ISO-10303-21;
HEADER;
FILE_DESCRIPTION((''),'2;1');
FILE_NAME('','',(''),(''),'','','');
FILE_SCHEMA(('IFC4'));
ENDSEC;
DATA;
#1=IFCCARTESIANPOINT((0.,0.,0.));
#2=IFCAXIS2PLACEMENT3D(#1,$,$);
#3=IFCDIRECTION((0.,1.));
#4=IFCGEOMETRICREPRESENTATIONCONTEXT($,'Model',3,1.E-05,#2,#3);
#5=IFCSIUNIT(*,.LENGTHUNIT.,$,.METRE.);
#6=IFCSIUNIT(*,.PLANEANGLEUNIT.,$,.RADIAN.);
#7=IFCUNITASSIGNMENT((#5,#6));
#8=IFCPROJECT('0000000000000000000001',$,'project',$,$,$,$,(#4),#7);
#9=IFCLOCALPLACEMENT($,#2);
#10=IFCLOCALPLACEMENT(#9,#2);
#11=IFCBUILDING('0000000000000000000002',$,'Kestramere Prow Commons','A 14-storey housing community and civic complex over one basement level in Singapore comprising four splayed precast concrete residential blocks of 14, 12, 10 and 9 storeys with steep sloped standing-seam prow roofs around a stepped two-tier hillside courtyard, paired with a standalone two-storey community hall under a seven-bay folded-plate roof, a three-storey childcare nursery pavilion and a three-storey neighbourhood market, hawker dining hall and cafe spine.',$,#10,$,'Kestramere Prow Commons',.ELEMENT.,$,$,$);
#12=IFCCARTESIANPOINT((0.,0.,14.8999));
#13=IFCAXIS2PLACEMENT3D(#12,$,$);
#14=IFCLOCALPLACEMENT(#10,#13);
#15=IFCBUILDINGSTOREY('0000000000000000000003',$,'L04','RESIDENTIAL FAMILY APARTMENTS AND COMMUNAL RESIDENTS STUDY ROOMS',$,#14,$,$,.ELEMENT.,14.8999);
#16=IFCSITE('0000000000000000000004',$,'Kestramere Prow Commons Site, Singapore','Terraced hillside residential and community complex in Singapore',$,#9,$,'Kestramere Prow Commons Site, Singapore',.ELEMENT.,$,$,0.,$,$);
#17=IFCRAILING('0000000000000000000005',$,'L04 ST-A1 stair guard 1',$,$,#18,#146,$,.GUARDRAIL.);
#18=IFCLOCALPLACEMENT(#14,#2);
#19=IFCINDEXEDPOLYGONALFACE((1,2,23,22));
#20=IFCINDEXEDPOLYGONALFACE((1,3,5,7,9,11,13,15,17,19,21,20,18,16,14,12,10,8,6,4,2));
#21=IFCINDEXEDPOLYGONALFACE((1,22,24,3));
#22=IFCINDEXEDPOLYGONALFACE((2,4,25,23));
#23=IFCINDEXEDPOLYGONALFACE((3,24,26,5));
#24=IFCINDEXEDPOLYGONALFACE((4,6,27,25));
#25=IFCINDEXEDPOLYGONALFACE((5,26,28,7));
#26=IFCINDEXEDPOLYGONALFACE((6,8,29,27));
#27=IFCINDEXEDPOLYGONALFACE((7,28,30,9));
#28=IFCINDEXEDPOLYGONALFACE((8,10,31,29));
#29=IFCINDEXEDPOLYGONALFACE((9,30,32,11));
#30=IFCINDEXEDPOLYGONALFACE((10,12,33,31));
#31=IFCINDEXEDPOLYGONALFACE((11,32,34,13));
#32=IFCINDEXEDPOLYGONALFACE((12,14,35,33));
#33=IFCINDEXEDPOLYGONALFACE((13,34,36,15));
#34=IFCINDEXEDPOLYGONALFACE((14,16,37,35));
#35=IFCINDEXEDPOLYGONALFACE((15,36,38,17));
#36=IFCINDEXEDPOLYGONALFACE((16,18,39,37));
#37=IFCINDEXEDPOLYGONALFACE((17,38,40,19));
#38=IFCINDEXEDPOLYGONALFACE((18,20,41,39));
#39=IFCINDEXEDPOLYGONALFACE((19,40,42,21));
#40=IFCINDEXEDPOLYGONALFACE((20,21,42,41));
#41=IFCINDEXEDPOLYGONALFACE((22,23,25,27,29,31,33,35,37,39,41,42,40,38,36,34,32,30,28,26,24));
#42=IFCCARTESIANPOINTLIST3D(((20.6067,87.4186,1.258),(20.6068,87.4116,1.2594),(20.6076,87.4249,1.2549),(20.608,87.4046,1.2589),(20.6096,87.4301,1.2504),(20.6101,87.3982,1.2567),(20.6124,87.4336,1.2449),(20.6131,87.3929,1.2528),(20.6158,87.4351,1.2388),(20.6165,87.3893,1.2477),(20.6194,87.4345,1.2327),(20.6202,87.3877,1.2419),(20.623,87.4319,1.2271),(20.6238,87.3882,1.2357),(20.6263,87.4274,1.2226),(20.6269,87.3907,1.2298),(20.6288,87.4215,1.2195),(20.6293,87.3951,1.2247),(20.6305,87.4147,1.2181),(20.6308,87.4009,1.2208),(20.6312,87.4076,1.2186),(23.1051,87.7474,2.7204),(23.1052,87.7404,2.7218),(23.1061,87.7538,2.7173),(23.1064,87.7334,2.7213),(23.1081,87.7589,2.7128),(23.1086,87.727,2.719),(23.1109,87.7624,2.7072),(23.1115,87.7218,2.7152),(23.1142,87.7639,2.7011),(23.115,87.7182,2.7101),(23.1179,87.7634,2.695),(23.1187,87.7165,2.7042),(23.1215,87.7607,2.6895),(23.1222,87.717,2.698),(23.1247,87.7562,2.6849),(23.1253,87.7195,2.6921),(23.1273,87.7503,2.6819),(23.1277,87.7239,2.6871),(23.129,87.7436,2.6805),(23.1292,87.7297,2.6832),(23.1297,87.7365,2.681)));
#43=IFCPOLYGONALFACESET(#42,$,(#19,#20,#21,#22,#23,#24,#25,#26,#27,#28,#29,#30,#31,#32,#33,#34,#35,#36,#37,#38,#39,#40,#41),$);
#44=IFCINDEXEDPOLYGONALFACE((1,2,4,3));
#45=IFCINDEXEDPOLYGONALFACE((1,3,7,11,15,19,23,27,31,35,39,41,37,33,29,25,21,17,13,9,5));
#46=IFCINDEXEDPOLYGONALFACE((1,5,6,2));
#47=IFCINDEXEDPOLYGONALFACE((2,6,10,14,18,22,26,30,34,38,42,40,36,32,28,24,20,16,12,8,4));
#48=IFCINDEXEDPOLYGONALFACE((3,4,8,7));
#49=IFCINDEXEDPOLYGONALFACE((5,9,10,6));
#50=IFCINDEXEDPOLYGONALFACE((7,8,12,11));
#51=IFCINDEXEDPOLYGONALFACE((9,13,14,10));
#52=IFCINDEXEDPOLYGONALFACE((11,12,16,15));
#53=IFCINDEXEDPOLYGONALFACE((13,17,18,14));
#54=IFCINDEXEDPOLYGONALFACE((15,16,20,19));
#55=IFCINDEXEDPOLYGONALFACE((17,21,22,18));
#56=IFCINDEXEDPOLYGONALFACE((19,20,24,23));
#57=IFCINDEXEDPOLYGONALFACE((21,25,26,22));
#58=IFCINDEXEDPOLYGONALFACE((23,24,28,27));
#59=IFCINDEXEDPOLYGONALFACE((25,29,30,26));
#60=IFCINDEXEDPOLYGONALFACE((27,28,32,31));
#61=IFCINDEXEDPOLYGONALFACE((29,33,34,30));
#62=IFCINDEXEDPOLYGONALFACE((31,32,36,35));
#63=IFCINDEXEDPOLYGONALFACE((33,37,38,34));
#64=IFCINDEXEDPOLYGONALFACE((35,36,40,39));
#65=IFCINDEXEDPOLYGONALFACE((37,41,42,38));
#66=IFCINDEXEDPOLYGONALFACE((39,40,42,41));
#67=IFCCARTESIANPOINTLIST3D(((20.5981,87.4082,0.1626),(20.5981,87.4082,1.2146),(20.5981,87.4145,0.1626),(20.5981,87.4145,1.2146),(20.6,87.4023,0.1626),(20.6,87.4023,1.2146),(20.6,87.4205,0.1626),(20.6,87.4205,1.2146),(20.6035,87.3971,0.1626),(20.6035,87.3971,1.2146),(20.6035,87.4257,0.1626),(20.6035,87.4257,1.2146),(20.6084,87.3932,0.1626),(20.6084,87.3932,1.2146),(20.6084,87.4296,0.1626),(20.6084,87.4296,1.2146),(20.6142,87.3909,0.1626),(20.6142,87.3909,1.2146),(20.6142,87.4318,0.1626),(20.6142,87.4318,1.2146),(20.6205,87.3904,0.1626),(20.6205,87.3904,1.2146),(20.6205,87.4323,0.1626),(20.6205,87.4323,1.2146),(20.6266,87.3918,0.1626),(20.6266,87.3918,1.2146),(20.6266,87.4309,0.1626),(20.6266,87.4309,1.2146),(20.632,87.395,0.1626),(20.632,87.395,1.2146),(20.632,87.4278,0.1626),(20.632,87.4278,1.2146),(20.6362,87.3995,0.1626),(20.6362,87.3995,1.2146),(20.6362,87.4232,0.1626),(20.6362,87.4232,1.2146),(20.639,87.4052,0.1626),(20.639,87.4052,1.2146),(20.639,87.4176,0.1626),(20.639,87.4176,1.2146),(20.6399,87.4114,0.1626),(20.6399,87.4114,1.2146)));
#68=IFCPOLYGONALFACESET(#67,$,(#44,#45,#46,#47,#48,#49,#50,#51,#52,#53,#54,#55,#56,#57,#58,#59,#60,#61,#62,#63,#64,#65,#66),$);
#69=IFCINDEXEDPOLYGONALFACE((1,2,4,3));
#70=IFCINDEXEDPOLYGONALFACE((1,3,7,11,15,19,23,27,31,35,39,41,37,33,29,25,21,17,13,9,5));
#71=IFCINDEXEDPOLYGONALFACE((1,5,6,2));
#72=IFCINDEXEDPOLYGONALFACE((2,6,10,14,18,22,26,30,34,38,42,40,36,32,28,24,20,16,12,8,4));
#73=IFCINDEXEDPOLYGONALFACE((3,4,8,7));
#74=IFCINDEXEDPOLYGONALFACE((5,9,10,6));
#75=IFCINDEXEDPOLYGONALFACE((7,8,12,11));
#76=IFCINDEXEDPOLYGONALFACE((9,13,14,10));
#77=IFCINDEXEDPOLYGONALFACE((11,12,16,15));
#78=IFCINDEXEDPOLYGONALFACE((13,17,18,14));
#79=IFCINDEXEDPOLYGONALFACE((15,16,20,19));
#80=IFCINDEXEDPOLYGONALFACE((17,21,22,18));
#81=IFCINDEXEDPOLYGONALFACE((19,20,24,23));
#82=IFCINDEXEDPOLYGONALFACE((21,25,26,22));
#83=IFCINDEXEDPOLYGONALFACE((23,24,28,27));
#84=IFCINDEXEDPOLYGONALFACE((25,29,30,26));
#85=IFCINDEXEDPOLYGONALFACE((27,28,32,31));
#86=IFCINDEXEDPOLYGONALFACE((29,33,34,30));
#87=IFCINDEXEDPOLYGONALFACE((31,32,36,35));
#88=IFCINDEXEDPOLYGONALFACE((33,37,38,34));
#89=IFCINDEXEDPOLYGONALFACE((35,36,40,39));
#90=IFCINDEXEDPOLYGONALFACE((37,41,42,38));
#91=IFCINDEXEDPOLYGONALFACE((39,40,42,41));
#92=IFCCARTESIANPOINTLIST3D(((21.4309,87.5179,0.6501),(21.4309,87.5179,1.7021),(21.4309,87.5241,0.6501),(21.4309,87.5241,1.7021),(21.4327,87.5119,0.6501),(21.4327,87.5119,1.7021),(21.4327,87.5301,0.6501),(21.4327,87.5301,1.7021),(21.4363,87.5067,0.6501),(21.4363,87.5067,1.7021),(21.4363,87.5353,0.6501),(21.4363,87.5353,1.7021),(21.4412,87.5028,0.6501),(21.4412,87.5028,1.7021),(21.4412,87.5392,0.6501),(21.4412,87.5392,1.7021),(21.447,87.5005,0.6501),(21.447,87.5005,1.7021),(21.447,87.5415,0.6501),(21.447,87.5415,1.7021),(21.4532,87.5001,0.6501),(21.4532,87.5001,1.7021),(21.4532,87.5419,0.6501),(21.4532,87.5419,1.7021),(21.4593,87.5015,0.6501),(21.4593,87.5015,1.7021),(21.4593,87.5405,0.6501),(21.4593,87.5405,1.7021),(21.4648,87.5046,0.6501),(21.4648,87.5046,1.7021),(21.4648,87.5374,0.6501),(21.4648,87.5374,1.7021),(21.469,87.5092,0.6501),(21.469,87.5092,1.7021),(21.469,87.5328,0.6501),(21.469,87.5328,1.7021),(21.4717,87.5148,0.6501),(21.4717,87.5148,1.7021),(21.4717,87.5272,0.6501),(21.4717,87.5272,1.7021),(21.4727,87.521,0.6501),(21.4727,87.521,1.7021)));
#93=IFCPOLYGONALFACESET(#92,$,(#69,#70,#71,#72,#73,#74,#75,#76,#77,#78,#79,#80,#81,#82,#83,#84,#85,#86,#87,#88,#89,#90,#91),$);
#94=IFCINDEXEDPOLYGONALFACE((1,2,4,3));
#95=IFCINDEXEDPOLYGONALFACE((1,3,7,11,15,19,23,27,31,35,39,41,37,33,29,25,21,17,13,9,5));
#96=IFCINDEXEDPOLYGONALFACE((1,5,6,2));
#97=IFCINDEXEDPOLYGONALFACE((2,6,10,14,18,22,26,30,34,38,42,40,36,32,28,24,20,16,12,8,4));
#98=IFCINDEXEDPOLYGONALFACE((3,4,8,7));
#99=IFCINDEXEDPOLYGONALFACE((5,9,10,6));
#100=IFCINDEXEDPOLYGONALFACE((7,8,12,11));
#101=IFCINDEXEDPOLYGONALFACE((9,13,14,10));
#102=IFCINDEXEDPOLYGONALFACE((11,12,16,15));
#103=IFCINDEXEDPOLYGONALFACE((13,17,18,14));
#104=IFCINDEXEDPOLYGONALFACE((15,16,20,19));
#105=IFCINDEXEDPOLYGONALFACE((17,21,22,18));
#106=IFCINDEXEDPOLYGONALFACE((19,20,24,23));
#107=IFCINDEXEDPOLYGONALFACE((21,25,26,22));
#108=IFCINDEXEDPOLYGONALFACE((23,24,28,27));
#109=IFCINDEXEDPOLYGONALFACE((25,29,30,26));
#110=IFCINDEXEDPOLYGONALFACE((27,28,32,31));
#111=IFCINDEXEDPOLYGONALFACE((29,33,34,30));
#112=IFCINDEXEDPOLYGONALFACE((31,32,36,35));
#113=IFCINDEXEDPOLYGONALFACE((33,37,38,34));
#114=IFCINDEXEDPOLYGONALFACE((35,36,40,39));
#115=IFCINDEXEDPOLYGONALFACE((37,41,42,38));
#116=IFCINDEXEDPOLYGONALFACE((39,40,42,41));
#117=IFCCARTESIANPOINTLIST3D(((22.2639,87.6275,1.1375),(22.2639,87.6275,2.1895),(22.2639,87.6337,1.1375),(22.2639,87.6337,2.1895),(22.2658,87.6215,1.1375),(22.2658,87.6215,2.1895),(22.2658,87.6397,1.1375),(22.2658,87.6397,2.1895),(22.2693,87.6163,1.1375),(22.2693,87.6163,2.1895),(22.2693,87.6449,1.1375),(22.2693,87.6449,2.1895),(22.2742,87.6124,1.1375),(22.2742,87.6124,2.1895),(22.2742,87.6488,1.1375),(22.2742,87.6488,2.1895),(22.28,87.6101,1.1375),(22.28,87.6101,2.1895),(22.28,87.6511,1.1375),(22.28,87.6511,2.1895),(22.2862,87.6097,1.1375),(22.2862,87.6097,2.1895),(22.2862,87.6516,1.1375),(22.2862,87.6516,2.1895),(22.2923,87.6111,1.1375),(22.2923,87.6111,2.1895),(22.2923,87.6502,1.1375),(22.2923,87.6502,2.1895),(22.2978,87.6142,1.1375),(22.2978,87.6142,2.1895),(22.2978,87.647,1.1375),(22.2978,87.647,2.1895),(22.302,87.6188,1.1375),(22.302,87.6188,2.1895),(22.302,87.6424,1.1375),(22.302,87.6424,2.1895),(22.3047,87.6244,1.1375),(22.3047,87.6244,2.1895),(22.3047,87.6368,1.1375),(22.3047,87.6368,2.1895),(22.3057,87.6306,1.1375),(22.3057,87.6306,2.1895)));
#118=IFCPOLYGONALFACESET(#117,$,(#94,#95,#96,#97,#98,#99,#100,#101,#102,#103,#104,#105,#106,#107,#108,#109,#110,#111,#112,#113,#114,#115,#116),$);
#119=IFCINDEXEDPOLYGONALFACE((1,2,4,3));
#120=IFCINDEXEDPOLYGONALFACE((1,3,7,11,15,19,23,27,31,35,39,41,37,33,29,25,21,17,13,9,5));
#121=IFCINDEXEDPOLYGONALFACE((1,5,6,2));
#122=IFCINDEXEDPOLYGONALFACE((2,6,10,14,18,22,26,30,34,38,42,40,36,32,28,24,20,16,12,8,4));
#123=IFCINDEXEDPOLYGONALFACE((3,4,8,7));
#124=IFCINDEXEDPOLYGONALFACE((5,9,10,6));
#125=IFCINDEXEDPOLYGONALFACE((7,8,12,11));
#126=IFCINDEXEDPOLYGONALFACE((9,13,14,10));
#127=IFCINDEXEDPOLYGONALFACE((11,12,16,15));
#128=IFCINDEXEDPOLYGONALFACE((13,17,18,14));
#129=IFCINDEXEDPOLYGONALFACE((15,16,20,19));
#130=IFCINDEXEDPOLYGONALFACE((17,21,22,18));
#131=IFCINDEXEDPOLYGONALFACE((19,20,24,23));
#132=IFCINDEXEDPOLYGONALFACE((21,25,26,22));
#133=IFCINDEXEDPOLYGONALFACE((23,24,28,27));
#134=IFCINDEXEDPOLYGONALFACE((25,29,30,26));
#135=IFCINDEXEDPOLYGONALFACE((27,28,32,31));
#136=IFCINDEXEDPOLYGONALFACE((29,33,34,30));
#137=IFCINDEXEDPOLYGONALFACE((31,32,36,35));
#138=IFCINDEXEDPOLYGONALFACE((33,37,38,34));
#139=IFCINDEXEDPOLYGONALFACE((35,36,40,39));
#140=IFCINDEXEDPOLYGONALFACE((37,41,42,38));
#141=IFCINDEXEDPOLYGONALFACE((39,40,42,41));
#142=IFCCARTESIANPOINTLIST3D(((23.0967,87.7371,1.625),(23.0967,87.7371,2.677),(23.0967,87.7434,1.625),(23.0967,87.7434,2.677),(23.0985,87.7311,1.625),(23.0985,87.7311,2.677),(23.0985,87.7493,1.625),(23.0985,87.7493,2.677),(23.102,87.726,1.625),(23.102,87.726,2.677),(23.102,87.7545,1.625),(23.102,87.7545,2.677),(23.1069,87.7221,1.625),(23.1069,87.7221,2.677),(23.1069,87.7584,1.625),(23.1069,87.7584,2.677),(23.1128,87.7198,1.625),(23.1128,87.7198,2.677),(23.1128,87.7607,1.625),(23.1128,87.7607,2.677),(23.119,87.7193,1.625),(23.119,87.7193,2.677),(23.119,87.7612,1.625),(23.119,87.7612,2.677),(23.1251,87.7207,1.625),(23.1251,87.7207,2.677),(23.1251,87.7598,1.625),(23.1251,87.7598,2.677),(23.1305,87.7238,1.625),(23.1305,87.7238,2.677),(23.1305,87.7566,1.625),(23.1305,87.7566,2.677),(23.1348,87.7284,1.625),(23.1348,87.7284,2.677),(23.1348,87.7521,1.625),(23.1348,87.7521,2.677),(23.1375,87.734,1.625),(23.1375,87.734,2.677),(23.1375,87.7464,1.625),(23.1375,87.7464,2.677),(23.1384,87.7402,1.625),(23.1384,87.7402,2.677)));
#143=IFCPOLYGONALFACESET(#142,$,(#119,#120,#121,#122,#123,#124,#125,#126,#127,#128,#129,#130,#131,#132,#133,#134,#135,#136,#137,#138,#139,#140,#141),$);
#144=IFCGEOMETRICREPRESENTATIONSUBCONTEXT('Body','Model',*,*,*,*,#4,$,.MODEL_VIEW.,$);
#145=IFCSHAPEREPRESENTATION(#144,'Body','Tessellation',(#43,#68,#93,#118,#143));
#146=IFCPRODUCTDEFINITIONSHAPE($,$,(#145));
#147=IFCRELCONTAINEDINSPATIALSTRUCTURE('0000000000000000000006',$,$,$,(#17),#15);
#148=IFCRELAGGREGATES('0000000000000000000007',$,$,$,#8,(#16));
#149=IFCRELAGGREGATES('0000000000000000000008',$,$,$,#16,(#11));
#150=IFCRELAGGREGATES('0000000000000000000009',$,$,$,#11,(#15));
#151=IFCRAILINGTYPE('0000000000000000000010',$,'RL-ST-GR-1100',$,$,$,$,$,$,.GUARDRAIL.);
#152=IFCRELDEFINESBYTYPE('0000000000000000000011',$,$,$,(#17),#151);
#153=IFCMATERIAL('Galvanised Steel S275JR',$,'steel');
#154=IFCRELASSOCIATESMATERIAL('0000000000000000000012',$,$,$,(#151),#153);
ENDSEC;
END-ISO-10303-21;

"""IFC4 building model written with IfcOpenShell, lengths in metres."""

from ifc_helpers import new_model, si_unit, direction, frame, origin, origin_2d, place, context, subcontext, project, spatial, circle, extrude, material, type_object, element, save


model = new_model("IFC4")

# Units and contexts
model_context = context("Model", 3, precision=1e-05, world=origin(), true_north=direction((0.0, 1.0)))
body_context = subcontext(model_context, "Body", "Model", "MODEL_VIEW")
ifc_project = project(units=[si_unit("LENGTHUNIT", "METRE"), si_unit("PLANEANGLEUNIT", "RADIAN")], contexts=[model_context])

# Site, building, storey
site_placement = place(None, origin())
site = spatial("IfcSite", under=ifc_project, at=site_placement, Name="Kestramere Prow Commons Site, Singapore", Description="Terraced hillside residential and community complex in Singapore", LongName="Kestramere Prow Commons Site, Singapore", CompositionType="ELEMENT", RefElevation=0.0)
building_placement = place(site_placement, origin())
building = spatial("IfcBuilding", under=site, at=building_placement, Name="Kestramere Prow Commons", Description="A 14-storey housing community and civic complex over one basement level in Singapore comprising four splayed precast concrete residential blocks of 14, 12, 10 and 9 storeys with steep sloped standing-seam prow roofs around a stepped two-tier hillside courtyard, paired with a standalone two-storey community hall under a seven-bay folded-plate roof, a three-storey childcare nursery pavilion and a three-storey neighbourhood market, hawker dining hall and cafe spine.", LongName="Kestramere Prow Commons", CompositionType="ELEMENT")
storey_placement = place(building_placement, frame((0.0, 0.0, 14.8999)))
storey = spatial("IfcBuildingStorey", under=building, at=storey_placement, Name="L04", Description="RESIDENTIAL FAMILY APARTMENTS AND COMMUNAL RESIDENTS STUDY ROOMS", CompositionType="ELEMENT", Elevation=14.8999)

# Railing
ifc_material_1 = material(Name="Galvanised Steel S275JR", Category="steel")
railing_type_1 = type_object("IfcRailingType", Name="RL-ST-GR-1100", PredefinedType="GUARDRAIL", material=ifc_material_1)
railing_1_placement = place(storey_placement, frame((20.6189, 87.4114, 0.1626)))
element("IfcRailing", 1, at=railing_1_placement, inside=storey, type_object=railing_type_1, Name="L04 ST-A1 stair guard 1", PredefinedType="GUARDRAIL", context=body_context, shape_type="SweptSolid", body=[
    extrude(circle(Radius=0.0239, at=origin_2d()), frame((0.0, 0.0, 1.0762), z_axis=(0.857523, 0.112867, 0.501912), x_axis=(-0.130495, 0.991449, 0.0)), (0.0, 0.0, 1.0), 2.9136),
    extrude(circle(Radius=0.021, at=origin_2d()), origin(), (0.0, 0.0, 1.0), 1.052),
    extrude(circle(Radius=0.021, at=origin_2d()), frame((0.8328, 0.1096, 0.4875)), (0.0, 0.0, 1.0), 1.052),
    extrude(circle(Radius=0.021, at=origin_2d()), frame((1.6658, 0.2192, 0.9749)), (0.0, 0.0, 1.0), 1.052),
    extrude(circle(Radius=0.021, at=origin_2d()), frame((2.4985, 0.3289, 1.4624)), (0.0, 0.0, 1.0), 1.052),
])

save(model, "model.ifc")
